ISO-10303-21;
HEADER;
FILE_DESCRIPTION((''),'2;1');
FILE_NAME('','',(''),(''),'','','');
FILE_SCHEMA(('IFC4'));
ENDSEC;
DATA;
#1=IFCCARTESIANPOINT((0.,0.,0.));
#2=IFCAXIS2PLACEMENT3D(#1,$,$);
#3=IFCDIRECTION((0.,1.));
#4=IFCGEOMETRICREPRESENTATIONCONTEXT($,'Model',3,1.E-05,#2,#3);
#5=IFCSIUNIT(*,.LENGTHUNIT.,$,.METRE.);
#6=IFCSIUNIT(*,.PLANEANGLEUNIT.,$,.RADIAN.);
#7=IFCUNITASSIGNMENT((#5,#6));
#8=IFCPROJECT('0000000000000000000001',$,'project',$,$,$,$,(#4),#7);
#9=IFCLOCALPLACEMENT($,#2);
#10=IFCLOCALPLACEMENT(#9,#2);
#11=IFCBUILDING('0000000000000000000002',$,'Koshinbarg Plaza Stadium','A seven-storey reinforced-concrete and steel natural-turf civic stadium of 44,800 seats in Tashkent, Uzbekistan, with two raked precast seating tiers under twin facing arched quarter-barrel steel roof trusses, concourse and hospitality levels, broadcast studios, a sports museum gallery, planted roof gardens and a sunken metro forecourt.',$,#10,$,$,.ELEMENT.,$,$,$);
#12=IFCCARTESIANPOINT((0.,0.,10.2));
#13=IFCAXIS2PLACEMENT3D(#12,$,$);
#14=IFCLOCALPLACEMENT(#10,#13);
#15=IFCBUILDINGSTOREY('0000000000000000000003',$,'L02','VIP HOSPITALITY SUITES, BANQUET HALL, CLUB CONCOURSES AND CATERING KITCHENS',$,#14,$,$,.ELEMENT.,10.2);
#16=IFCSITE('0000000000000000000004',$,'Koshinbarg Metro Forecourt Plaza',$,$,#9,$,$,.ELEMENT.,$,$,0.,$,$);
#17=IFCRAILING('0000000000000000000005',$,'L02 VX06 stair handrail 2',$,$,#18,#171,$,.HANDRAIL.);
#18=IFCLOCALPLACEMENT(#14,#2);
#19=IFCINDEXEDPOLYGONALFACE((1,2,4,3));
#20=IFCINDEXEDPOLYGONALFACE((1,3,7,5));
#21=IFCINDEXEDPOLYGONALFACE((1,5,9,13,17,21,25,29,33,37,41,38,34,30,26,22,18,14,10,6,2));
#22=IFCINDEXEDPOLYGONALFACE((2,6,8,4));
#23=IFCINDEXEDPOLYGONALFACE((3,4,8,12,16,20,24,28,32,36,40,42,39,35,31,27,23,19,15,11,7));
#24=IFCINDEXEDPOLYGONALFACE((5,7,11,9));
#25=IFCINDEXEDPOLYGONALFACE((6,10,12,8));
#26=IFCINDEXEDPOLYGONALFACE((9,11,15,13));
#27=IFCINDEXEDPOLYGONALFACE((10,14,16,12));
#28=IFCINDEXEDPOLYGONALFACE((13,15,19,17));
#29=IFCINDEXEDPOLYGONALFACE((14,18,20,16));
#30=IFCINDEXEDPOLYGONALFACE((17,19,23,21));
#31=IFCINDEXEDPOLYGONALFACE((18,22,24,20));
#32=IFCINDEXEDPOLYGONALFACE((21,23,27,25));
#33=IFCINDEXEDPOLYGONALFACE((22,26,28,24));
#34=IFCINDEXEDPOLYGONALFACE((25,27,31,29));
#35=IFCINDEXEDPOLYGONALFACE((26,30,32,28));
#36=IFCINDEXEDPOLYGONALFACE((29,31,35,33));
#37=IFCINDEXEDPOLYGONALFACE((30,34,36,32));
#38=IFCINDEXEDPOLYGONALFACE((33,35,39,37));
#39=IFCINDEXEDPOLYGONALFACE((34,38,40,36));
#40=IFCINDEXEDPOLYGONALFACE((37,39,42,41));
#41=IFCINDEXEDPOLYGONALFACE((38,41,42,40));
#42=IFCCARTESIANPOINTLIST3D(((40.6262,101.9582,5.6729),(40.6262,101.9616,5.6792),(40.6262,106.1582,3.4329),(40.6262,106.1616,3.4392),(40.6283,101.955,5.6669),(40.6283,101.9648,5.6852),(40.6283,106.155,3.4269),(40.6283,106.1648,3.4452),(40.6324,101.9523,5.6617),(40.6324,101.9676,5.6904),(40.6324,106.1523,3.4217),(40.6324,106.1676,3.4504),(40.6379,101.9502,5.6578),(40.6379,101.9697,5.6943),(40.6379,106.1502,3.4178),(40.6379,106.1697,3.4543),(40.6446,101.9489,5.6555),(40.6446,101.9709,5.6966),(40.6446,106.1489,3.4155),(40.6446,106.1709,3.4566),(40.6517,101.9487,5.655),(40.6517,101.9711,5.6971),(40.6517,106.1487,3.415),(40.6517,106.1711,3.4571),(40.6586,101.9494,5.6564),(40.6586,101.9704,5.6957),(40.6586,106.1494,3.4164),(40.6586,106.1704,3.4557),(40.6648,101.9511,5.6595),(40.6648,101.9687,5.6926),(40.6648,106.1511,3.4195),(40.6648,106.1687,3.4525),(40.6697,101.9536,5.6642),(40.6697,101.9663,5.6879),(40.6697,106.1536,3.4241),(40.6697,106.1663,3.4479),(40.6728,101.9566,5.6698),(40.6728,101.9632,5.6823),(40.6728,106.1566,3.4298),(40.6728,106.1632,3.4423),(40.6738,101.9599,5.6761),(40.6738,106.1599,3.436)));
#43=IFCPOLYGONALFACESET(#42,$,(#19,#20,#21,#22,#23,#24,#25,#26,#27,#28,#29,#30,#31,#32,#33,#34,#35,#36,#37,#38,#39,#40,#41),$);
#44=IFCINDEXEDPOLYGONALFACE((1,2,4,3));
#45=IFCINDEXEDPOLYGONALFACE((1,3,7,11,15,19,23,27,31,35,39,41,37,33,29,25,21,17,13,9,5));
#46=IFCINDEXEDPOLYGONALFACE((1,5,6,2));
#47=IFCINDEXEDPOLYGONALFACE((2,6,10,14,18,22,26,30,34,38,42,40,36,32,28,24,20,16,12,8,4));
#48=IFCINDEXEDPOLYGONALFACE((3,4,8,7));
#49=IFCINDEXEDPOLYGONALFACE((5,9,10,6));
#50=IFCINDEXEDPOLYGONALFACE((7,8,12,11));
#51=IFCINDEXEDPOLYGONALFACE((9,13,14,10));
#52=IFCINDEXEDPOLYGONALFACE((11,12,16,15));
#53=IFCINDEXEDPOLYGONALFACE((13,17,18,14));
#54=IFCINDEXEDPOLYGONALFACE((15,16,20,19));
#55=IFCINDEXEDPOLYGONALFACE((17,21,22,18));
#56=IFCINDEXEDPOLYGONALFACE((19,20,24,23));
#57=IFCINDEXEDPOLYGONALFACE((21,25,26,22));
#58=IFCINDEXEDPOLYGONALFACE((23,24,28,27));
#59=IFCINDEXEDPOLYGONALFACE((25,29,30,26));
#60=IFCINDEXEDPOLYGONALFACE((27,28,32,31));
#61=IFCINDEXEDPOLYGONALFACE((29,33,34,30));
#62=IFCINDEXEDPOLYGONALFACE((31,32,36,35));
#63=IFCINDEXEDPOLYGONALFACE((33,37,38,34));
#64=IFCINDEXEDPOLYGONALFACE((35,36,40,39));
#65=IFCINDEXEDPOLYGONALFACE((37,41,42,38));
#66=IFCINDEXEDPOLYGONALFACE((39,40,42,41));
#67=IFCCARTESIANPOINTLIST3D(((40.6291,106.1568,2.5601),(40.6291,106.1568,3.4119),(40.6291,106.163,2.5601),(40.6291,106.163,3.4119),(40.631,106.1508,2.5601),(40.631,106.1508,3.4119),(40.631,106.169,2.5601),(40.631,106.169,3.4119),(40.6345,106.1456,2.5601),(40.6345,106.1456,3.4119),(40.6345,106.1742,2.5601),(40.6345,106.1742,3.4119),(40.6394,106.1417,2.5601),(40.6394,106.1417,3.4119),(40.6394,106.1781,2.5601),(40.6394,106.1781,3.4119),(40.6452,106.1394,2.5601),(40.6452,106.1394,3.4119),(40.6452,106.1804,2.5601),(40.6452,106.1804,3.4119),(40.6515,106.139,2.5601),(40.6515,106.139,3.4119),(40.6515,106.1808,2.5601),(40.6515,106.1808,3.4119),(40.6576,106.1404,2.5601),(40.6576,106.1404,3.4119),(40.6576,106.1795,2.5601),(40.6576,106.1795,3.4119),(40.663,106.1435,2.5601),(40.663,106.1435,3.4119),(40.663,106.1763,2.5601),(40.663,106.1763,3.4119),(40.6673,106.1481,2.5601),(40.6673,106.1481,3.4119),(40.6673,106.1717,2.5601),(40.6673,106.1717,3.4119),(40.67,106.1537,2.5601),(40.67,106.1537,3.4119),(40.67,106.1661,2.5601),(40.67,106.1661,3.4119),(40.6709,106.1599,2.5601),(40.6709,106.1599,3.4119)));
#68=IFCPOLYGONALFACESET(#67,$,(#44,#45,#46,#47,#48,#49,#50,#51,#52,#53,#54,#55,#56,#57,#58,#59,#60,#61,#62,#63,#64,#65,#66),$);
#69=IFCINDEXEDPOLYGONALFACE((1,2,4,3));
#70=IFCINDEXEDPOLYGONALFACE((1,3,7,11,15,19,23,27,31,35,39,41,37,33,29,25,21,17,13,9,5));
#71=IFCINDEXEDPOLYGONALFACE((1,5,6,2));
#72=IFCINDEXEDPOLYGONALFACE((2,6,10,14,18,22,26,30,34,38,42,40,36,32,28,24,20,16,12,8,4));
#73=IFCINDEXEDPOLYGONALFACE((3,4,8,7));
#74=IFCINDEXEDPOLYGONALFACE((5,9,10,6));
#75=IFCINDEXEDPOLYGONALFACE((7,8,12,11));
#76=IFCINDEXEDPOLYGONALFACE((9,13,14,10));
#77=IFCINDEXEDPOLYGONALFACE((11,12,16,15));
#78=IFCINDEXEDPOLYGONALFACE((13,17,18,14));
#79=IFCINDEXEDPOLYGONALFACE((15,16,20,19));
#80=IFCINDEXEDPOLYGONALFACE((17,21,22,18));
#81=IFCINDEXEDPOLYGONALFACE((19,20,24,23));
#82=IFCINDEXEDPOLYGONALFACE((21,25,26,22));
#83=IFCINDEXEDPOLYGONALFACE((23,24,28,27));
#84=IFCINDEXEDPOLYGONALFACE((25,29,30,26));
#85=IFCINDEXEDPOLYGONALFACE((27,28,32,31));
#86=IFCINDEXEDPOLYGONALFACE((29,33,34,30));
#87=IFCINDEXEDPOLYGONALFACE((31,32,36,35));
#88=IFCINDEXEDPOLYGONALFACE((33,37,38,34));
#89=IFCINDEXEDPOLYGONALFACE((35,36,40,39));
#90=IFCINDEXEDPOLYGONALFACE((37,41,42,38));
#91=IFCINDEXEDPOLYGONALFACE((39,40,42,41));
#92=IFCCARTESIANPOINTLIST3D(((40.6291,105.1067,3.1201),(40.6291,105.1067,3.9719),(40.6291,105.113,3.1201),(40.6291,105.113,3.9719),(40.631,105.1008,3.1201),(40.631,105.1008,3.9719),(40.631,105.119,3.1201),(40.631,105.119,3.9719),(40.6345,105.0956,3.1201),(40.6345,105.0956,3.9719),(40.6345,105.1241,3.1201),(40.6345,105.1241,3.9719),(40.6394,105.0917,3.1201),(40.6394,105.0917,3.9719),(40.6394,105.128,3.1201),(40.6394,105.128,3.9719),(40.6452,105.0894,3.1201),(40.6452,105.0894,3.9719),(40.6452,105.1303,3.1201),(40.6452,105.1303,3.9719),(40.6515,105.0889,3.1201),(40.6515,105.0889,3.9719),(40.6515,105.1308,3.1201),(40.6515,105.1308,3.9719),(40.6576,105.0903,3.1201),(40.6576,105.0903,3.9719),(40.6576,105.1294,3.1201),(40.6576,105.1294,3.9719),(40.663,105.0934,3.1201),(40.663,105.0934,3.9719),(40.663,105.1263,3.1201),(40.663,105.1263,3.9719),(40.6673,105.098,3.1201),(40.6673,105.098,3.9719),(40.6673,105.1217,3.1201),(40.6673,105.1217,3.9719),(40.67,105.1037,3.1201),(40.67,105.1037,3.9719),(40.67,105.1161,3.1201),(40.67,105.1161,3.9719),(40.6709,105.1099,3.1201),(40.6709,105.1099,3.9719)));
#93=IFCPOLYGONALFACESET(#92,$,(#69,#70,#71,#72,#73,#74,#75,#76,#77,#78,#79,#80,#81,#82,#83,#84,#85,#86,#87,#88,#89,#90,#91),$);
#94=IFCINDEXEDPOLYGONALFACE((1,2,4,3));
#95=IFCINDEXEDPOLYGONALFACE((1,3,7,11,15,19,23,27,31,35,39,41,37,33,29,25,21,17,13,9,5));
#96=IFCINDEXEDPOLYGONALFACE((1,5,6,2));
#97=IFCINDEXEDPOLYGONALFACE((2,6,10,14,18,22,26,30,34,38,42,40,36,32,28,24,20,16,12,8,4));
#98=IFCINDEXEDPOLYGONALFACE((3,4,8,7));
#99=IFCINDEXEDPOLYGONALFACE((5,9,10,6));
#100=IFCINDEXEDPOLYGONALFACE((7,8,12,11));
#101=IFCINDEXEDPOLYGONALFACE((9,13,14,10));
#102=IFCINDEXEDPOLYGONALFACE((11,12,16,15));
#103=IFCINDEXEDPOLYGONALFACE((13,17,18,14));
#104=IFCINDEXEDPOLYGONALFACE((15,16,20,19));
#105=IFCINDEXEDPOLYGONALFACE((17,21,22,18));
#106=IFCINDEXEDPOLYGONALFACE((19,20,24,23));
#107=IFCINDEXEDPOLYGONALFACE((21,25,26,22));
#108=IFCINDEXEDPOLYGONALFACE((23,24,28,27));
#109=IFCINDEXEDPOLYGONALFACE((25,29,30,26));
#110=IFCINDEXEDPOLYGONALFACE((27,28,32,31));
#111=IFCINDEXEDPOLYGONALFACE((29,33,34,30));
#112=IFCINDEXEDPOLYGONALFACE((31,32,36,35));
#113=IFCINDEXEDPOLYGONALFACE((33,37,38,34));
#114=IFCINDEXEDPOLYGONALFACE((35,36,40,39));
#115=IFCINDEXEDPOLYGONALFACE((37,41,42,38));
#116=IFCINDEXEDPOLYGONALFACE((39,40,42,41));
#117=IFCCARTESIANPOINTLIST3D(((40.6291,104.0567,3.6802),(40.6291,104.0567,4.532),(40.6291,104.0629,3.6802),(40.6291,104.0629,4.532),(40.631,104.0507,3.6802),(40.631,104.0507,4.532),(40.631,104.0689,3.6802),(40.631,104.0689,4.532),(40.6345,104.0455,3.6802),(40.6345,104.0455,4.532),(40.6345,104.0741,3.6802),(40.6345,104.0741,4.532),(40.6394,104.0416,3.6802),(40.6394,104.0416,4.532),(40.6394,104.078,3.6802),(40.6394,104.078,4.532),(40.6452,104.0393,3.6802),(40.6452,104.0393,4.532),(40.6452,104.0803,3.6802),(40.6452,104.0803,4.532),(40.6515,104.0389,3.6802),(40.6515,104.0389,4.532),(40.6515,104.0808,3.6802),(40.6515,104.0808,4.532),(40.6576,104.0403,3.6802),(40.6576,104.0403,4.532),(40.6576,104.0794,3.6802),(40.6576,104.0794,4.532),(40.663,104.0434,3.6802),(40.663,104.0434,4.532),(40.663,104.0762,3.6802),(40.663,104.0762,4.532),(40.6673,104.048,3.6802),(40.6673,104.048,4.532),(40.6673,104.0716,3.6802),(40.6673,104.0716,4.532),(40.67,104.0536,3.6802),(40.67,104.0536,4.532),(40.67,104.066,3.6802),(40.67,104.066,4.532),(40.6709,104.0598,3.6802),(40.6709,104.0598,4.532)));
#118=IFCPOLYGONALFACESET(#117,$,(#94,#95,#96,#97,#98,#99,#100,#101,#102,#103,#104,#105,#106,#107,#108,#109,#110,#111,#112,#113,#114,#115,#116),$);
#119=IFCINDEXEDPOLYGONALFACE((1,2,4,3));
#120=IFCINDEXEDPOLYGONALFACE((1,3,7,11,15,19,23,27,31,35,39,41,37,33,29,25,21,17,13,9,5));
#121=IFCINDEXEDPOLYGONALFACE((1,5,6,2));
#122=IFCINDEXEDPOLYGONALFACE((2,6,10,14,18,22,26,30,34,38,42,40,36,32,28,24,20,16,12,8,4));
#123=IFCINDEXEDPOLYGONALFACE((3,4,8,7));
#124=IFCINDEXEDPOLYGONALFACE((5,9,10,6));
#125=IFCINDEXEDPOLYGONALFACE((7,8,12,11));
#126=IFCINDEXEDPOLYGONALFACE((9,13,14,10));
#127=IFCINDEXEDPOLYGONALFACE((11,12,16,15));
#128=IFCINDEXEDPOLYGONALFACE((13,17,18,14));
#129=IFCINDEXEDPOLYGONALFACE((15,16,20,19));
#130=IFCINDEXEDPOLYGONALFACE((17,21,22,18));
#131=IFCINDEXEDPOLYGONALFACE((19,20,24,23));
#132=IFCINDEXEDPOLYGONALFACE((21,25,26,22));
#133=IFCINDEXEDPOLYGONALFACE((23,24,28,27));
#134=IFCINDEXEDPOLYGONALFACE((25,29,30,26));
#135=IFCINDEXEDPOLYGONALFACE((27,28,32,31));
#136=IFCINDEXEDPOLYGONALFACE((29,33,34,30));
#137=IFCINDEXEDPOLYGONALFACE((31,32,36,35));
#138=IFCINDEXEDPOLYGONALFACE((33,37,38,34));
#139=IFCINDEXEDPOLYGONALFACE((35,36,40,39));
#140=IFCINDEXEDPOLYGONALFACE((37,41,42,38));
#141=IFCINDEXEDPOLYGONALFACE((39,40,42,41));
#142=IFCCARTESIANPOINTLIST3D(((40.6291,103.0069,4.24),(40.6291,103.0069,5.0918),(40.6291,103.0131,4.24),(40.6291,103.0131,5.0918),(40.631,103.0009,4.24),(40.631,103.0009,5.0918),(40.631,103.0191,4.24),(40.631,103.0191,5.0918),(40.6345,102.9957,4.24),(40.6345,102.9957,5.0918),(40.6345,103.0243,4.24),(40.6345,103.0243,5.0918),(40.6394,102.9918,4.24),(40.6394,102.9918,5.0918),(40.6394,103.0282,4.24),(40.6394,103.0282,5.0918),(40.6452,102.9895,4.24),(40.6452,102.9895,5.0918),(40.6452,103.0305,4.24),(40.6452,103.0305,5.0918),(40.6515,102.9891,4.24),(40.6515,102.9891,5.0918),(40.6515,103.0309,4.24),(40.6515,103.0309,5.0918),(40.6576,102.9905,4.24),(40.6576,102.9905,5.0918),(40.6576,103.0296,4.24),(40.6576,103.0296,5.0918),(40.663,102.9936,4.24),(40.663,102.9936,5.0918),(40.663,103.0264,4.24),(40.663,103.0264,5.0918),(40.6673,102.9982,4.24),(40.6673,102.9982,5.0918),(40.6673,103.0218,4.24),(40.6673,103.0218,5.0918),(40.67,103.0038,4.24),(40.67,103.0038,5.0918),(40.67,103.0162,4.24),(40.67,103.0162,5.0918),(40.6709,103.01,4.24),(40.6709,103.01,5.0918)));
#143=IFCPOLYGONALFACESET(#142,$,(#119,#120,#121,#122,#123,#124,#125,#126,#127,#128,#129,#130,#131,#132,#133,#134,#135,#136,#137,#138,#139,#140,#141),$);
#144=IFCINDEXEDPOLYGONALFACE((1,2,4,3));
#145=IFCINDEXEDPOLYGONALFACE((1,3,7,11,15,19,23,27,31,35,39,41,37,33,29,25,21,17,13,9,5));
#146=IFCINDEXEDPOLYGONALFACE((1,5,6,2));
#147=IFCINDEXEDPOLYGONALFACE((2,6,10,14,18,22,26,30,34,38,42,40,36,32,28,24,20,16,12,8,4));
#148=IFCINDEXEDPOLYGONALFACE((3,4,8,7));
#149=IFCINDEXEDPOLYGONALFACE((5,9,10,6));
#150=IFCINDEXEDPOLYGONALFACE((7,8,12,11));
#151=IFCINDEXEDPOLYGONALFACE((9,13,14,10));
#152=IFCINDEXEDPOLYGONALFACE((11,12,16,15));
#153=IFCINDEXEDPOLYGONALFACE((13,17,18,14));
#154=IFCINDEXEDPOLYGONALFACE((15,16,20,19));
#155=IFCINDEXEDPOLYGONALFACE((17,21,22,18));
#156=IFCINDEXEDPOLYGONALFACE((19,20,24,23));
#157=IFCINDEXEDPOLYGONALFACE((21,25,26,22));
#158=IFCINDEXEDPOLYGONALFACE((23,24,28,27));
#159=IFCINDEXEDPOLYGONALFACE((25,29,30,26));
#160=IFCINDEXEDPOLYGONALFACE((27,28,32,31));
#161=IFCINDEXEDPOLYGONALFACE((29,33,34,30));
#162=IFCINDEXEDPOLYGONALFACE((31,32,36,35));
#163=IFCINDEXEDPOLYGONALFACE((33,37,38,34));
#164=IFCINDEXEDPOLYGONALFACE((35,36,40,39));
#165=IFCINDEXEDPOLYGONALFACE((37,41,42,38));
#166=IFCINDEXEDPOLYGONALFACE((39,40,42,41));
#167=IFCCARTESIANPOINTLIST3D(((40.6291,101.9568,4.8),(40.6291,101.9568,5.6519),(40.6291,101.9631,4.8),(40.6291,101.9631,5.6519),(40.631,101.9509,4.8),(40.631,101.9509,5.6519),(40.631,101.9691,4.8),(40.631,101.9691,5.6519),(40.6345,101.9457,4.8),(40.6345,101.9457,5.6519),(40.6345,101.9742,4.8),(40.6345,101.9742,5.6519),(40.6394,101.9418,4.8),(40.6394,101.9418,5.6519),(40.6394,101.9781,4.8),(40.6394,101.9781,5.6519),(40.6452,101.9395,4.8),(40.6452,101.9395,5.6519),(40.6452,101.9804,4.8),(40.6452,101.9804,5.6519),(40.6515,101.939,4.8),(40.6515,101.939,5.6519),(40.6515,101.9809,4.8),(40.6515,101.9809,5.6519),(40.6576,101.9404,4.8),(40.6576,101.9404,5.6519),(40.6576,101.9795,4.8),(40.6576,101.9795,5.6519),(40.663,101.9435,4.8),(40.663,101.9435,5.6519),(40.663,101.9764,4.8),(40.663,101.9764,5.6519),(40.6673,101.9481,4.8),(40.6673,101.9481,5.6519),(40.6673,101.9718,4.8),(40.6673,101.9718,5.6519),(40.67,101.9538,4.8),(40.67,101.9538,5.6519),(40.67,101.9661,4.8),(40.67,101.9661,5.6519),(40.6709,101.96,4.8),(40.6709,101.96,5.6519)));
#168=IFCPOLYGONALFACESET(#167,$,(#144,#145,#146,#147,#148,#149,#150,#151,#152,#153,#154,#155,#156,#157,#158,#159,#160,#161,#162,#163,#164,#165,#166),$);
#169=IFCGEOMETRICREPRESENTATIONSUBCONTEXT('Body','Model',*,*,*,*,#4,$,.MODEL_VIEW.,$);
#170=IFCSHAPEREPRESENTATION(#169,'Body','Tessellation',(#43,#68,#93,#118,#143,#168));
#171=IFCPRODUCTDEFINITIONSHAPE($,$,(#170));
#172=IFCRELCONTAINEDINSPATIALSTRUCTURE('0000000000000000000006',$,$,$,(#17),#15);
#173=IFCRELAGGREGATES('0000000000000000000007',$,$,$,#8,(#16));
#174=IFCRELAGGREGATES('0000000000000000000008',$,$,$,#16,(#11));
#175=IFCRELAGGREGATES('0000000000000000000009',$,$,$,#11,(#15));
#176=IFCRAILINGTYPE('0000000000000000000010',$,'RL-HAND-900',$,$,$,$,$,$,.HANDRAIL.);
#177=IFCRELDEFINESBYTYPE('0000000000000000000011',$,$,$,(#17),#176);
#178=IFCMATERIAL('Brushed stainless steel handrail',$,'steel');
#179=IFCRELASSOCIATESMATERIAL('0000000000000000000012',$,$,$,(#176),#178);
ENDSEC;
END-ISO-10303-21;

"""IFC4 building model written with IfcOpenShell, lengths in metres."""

from ifc_helpers import new_model, si_unit, direction, frame, origin, origin_2d, place, context, subcontext, project, spatial, circle, extrude, material, type_object, element, save


model = new_model("IFC4")

# Units and contexts
model_context = context("Model", 3, precision=1e-05, world=origin(), true_north=direction((0.0, 1.0)))
body_context = subcontext(model_context, "Body", "Model", "MODEL_VIEW")
ifc_project = project(units=[si_unit("LENGTHUNIT", "METRE"), si_unit("PLANEANGLEUNIT", "RADIAN")], contexts=[model_context])

# Site, building, storey
site_placement = place(None, origin())
site = spatial("IfcSite", under=ifc_project, at=site_placement, Name="Koshinbarg Metro Forecourt Plaza", CompositionType="ELEMENT", RefElevation=0.0)
building_placement = place(site_placement, origin())
building = spatial("IfcBuilding", under=site, at=building_placement, Name="Koshinbarg Plaza Stadium", Description="A seven-storey reinforced-concrete and steel natural-turf civic stadium of 44,800 seats in Tashkent, Uzbekistan, with two raked precast seating tiers under twin facing arched quarter-barrel steel roof trusses, concourse and hospitality levels, broadcast studios, a sports museum gallery, planted roof gardens and a sunken metro forecourt.", CompositionType="ELEMENT")
storey_placement = place(building_placement, frame((0.0, 0.0, 10.2)))
storey = spatial("IfcBuildingStorey", under=building, at=storey_placement, Name="L02", Description="VIP HOSPITALITY SUITES, BANQUET HALL, CLUB CONCOURSES AND CATERING KITCHENS", CompositionType="ELEMENT", Elevation=10.2)

# Railing
ifc_material_1 = material(Name="Brushed stainless steel handrail", Category="steel")
railing_type_1 = type_object("IfcRailingType", Name="RL-HAND-900", PredefinedType="HANDRAIL", material=ifc_material_1)
railing_1_placement = place(storey_placement, frame((40.6499, 106.1599, 2.5601)))
element("IfcRailing", 1, at=railing_1_placement, inside=storey, type_object=railing_type_1, Name="L02 VX06 stair handrail 2", PredefinedType="HANDRAIL", context=body_context, shape_type="SweptSolid", body=[
    extrude(circle(Radius=0.0239, at=origin_2d()), frame((0.0, 0.0, 0.876), z_axis=(0.0, -0.882352, 0.470591), x_axis=(1.0, 0.0, 0.0)), (0.0, 0.0, 1.0), 4.76),
    extrude(circle(Radius=0.021, at=origin_2d()), origin(), (0.0, 0.0, 1.0), 0.8518),
    extrude(circle(Radius=0.021, at=origin_2d()), frame((0.0, -1.05, 0.5601)), (0.0, 0.0, 1.0), 0.8518),
    extrude(circle(Radius=0.021, at=origin_2d()), frame((0.0, -2.1001, 1.1201)), (0.0, 0.0, 1.0), 0.8518),
    extrude(circle(Radius=0.021, at=origin_2d()), frame((0.0, -3.1499, 1.6799)), (0.0, 0.0, 1.0), 0.8518),
    extrude(circle(Radius=0.021, at=origin_2d()), frame((0.0, -4.2, 2.24)), (0.0, 0.0, 1.0), 0.8518),
])

save(model, "model.ifc")
